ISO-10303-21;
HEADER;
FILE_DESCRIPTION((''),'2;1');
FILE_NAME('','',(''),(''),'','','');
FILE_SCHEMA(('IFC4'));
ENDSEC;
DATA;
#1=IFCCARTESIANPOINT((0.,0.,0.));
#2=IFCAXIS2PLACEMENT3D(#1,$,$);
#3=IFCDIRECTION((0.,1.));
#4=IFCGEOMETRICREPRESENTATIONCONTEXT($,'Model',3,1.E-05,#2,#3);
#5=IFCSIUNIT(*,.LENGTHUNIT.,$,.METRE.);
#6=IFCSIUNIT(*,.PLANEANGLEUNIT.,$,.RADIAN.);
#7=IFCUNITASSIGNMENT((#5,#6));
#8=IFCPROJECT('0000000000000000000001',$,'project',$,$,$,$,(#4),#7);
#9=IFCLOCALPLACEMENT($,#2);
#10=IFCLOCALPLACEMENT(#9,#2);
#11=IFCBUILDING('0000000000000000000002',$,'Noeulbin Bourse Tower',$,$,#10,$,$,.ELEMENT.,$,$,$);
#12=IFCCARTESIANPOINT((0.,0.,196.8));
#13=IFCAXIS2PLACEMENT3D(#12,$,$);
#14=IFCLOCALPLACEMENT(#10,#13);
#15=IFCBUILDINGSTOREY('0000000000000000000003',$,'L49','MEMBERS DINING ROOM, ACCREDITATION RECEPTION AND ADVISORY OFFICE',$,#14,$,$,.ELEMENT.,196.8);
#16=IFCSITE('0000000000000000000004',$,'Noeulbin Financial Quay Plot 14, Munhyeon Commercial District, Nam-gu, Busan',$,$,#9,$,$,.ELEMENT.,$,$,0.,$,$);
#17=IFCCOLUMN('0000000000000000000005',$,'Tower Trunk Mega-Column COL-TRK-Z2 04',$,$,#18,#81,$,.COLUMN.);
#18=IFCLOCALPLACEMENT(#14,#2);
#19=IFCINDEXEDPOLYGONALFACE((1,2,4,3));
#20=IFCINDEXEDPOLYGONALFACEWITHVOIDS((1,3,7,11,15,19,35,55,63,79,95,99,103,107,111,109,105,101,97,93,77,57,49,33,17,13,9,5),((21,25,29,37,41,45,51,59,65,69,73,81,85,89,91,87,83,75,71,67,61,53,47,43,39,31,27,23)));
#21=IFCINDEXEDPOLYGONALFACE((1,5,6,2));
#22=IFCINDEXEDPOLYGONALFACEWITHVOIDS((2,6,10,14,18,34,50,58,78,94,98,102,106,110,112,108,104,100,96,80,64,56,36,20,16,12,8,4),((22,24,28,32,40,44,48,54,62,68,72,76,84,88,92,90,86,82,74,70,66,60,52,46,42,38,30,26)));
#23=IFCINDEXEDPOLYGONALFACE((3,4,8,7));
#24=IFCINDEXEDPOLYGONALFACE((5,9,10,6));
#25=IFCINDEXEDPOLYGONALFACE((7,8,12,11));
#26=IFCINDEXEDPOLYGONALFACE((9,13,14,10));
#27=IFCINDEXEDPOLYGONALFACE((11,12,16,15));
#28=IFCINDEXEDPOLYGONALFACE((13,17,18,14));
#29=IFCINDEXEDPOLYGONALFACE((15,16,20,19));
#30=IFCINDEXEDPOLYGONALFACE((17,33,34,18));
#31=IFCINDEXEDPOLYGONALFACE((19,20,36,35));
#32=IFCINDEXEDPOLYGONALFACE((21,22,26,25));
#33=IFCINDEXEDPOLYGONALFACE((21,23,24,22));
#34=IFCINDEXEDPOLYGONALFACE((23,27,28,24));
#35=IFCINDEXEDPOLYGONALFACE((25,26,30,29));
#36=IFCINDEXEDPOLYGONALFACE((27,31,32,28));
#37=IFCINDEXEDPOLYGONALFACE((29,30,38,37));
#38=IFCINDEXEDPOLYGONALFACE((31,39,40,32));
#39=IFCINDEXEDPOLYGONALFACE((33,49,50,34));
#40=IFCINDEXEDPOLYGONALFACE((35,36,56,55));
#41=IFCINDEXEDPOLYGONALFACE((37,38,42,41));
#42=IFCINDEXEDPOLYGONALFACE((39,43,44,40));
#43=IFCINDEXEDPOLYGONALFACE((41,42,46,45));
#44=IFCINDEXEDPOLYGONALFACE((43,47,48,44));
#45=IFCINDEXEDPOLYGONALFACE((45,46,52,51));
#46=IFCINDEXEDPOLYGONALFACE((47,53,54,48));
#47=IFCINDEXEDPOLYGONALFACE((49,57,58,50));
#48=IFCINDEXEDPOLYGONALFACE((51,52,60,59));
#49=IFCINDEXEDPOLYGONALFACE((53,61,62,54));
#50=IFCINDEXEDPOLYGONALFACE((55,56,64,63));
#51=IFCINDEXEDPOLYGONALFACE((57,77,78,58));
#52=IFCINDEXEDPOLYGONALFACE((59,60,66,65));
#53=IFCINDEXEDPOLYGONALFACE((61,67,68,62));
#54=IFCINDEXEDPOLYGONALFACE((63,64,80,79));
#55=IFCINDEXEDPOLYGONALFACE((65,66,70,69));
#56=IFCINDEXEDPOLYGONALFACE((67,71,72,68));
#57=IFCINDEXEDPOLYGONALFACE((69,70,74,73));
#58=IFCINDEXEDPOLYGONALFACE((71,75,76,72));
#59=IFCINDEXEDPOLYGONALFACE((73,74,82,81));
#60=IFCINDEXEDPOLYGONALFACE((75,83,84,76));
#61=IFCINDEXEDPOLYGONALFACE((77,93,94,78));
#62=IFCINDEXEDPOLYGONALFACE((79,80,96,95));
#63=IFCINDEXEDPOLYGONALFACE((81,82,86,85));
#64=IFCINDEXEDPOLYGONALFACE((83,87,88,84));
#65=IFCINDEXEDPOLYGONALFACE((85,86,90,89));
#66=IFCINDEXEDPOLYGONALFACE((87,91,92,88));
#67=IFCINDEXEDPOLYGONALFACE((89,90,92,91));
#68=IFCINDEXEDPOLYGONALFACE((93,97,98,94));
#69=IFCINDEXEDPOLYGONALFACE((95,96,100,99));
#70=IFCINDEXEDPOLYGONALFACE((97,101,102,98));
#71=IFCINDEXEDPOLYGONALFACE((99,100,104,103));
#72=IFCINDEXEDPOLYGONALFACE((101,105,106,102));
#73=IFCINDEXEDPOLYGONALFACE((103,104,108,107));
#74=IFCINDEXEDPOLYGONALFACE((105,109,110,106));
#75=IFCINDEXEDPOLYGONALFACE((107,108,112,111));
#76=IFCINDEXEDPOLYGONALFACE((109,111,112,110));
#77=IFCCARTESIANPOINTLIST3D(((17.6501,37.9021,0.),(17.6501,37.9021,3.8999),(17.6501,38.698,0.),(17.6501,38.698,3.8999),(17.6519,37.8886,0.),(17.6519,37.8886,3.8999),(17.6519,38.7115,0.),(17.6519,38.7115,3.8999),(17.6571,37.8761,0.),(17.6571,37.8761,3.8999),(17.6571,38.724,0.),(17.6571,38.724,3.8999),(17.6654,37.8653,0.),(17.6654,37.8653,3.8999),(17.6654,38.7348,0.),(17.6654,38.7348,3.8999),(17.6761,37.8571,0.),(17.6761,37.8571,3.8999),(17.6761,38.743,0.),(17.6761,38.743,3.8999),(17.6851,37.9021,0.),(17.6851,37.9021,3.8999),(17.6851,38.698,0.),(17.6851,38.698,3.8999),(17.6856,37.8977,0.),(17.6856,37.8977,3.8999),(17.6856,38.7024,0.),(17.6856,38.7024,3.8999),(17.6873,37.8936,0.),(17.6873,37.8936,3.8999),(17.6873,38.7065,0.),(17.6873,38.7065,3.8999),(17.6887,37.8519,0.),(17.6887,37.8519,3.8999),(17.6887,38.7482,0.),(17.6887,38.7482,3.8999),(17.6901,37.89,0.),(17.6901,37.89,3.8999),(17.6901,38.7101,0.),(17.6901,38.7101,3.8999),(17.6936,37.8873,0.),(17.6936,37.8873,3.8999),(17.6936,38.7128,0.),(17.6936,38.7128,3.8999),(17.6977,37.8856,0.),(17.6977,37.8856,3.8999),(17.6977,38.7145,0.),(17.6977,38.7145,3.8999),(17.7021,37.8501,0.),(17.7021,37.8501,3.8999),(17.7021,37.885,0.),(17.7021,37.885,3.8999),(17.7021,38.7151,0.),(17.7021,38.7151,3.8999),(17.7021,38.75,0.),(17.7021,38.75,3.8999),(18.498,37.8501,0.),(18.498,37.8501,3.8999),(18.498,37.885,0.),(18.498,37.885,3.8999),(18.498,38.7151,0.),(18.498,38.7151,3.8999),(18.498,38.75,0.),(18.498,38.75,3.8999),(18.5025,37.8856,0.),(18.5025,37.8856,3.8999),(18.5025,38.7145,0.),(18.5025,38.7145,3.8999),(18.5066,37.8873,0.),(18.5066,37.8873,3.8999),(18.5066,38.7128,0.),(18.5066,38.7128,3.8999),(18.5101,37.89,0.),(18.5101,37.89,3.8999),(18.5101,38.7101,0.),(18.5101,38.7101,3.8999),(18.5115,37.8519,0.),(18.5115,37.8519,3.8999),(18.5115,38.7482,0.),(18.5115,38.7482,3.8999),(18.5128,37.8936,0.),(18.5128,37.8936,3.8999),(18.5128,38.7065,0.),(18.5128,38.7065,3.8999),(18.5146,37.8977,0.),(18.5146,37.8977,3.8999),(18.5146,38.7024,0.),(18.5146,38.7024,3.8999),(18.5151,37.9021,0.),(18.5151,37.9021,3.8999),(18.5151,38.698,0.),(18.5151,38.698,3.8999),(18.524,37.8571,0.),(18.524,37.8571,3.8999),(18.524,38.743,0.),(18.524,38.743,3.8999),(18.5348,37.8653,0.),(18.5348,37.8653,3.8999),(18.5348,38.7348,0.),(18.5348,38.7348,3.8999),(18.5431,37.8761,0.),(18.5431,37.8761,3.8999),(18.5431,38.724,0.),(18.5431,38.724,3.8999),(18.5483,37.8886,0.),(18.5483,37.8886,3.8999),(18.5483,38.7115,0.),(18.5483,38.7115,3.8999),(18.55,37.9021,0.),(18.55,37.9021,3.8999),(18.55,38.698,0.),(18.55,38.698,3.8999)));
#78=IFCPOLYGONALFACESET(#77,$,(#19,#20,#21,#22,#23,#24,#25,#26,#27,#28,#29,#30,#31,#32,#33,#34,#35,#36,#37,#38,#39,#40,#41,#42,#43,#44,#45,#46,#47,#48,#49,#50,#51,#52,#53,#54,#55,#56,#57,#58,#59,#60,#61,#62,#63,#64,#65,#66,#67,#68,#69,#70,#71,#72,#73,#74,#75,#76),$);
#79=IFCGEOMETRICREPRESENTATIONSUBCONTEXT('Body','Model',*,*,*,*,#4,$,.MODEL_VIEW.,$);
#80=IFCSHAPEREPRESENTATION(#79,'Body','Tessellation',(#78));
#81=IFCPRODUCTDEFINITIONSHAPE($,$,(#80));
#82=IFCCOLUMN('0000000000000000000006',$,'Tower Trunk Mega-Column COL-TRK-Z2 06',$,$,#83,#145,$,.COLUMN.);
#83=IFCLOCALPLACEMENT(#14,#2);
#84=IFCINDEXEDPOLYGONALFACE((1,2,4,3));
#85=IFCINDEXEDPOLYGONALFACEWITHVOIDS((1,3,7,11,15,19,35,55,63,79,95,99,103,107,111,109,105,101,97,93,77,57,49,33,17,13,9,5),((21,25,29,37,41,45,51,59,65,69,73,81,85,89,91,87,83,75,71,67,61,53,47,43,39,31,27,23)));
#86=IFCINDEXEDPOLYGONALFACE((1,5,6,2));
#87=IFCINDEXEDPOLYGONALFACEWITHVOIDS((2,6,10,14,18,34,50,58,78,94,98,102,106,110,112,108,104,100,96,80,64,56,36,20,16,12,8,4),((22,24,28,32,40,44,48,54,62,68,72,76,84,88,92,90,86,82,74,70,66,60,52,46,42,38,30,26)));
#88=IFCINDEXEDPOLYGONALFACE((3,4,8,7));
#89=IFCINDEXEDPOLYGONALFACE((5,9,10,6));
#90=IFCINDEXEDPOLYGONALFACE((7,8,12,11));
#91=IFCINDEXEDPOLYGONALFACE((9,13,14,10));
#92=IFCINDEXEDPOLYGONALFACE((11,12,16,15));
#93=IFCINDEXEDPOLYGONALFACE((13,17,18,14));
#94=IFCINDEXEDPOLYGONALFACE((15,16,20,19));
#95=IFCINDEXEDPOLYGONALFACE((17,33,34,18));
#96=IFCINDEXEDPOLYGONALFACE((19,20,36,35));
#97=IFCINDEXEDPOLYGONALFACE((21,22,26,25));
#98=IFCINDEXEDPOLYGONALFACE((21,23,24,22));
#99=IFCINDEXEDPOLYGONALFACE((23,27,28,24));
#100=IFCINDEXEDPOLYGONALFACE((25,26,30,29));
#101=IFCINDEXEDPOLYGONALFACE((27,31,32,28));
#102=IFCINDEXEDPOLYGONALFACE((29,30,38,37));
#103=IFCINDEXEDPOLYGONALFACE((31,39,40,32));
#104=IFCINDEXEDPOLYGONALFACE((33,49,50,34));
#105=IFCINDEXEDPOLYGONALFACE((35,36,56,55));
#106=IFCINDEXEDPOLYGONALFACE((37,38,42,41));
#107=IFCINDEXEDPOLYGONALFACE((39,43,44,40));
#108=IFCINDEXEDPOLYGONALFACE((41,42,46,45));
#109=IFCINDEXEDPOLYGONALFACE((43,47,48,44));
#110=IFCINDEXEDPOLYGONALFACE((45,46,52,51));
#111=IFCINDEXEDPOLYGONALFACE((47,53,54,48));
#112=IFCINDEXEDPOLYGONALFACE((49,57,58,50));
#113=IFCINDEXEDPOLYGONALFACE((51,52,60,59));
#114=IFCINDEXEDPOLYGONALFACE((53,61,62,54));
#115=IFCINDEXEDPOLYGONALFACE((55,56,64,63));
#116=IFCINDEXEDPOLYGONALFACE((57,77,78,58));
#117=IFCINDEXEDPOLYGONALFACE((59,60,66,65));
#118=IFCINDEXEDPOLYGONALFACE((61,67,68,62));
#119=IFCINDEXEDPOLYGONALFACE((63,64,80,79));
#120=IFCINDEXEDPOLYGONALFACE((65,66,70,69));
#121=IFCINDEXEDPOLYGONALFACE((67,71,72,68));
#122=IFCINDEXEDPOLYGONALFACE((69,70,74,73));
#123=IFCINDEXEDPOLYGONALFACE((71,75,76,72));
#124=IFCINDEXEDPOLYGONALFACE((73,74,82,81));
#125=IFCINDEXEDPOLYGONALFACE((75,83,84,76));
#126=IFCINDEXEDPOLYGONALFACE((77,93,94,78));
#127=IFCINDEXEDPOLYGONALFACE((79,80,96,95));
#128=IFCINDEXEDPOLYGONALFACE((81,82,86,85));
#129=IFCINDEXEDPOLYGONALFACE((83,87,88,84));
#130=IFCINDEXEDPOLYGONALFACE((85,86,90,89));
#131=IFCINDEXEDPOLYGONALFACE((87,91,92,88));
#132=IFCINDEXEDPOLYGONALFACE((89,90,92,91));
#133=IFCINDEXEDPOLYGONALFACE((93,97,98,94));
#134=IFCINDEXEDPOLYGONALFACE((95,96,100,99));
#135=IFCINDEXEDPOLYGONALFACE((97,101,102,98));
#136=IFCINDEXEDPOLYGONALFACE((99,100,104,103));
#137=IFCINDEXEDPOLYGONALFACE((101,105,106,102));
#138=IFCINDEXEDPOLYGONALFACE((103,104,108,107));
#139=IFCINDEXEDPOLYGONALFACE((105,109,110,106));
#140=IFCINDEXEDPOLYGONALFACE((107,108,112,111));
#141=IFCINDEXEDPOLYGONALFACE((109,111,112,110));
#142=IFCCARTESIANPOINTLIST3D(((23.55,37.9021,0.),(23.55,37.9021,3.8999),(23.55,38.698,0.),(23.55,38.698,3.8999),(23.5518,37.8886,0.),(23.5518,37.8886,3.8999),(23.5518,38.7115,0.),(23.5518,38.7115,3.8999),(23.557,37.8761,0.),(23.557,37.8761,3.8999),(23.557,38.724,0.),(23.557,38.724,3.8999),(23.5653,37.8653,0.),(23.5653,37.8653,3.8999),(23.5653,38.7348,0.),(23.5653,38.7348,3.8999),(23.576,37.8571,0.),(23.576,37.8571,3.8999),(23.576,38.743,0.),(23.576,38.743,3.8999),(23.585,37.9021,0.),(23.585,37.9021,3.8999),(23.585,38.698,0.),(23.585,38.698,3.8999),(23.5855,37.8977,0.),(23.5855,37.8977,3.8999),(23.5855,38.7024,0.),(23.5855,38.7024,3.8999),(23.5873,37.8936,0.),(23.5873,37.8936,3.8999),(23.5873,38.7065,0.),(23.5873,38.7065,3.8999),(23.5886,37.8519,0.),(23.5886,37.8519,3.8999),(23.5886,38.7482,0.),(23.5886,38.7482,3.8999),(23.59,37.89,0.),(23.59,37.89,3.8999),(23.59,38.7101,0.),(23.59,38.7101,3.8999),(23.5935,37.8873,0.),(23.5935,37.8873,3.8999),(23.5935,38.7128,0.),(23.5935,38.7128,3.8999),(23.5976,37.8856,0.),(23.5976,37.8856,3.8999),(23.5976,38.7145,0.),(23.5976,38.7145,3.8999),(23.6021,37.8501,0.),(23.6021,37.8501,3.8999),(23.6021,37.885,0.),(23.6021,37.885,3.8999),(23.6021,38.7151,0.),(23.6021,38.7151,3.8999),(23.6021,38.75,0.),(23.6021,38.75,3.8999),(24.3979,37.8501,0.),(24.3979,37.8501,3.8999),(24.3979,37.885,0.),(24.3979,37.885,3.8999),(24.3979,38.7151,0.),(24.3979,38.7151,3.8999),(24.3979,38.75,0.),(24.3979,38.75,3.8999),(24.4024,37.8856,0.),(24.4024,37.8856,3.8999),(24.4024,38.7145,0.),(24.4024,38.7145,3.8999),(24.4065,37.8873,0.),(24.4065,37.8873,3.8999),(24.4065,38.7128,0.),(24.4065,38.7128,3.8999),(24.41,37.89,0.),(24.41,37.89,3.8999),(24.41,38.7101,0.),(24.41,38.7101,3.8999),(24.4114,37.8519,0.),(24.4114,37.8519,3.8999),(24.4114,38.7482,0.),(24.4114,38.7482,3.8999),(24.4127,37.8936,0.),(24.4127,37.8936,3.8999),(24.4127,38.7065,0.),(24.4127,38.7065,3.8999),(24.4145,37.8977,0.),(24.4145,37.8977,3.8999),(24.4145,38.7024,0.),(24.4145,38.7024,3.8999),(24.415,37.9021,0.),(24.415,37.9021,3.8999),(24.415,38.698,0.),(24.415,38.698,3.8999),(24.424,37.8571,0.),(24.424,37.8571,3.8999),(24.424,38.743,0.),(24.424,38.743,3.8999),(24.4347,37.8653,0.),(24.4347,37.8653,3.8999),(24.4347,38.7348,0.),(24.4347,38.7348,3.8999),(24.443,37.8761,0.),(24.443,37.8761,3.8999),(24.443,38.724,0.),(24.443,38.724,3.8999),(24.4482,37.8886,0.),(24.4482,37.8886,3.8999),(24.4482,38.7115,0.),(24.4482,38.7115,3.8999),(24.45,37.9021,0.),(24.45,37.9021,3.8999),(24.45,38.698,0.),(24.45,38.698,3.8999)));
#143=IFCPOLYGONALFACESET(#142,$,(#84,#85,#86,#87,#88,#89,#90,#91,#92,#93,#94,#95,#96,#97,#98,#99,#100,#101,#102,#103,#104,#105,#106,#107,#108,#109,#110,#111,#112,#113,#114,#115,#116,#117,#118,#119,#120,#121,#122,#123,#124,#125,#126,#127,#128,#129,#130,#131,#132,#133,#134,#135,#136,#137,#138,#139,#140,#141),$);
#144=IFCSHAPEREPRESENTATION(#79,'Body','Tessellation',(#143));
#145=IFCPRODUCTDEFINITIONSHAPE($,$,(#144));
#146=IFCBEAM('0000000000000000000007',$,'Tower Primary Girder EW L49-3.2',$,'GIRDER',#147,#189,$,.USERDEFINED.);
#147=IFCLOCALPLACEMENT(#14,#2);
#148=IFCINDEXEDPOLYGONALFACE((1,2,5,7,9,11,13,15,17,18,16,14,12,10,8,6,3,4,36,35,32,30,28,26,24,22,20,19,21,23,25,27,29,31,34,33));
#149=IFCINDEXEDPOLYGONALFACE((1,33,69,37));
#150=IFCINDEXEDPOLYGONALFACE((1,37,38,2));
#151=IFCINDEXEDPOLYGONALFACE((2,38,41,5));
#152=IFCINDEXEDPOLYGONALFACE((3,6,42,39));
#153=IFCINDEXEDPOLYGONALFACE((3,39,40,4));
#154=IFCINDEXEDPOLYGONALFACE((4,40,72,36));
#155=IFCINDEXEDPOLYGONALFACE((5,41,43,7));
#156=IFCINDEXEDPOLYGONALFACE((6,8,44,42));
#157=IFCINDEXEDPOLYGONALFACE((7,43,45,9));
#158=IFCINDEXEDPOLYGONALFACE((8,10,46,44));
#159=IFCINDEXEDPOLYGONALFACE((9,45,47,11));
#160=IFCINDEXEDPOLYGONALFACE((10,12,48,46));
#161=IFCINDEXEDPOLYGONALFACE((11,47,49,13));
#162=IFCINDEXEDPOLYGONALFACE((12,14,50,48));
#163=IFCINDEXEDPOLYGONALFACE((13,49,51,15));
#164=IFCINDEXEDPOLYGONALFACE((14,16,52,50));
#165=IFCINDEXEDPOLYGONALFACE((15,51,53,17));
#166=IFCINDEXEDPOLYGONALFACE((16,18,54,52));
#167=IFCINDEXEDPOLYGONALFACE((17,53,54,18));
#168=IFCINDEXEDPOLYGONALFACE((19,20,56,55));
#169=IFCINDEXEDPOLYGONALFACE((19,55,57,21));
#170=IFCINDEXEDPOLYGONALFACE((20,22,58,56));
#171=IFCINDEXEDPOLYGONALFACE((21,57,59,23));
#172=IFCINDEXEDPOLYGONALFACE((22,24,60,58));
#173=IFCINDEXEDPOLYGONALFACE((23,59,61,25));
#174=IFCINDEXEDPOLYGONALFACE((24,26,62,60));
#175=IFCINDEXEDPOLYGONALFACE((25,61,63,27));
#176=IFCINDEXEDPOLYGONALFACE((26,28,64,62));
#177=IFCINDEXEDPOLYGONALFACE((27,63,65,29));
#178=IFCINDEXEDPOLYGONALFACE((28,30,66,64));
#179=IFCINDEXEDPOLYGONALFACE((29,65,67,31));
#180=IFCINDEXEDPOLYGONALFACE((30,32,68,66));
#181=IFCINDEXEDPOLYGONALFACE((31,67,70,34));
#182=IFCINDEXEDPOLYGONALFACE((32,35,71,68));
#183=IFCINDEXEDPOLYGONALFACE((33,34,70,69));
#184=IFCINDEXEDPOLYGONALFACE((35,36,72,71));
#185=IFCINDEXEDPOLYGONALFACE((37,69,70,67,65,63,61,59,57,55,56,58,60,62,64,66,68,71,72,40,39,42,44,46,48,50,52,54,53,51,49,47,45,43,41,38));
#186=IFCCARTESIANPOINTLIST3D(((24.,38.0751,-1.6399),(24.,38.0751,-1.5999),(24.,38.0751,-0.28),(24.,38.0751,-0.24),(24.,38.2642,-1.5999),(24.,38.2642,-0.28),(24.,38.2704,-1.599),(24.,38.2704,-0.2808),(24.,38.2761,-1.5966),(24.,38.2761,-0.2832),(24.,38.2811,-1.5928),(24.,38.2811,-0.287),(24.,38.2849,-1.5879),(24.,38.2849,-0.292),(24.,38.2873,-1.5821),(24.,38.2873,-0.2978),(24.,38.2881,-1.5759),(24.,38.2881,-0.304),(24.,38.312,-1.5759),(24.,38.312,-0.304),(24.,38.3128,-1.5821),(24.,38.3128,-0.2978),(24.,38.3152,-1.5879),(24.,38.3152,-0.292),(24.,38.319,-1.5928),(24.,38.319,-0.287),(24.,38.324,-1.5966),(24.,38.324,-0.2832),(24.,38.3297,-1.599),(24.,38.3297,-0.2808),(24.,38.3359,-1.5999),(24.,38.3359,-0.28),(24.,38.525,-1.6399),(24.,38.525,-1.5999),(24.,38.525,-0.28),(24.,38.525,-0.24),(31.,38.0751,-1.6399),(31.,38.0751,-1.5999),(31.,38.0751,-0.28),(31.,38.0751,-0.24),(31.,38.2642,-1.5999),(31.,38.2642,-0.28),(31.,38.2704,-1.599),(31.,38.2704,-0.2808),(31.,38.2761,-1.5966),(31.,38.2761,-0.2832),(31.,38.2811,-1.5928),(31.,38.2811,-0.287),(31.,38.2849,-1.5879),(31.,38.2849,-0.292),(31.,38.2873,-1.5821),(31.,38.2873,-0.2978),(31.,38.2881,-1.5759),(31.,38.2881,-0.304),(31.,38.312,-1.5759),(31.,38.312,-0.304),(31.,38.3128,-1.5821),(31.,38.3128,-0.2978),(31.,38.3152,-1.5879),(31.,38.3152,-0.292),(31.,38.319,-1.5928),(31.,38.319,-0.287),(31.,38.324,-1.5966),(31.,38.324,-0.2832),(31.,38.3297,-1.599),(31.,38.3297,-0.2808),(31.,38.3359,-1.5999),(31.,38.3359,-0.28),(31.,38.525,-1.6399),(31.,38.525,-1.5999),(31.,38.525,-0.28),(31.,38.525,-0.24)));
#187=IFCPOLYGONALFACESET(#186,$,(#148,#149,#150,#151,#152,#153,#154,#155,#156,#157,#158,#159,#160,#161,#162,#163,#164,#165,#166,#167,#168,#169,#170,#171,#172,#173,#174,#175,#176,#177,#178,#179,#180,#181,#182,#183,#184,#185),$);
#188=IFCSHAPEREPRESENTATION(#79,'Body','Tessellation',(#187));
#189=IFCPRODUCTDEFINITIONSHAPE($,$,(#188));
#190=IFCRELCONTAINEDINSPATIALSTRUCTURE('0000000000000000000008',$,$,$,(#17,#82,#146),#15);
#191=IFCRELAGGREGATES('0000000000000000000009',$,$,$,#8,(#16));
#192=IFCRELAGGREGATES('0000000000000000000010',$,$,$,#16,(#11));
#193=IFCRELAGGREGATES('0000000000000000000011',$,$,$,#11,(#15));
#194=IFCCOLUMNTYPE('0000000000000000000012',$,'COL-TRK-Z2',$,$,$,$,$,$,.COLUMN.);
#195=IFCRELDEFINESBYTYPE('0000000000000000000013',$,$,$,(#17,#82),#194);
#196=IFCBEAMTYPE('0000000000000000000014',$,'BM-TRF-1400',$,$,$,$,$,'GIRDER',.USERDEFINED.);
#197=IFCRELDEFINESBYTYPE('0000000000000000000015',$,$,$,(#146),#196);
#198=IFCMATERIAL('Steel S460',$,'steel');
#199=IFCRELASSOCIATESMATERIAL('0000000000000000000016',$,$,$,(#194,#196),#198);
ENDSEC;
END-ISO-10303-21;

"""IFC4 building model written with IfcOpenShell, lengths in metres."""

from ifc_helpers import new_model, si_unit, direction, frame, origin, origin_2d, place, context, subcontext, project, spatial, hollow_rectangle, i_section, extrude, material, material_profile, profile_set, type_object, element, save


model = new_model("IFC4")

# Units and contexts
model_context = context("Model", 3, precision=1e-05, world=origin(), true_north=direction((0.0, 1.0)))
body_context = subcontext(model_context, "Body", "Model", "MODEL_VIEW")
ifc_project = project(units=[si_unit("LENGTHUNIT", "METRE"), si_unit("PLANEANGLEUNIT", "RADIAN")], contexts=[model_context])

# Site, building, storey
site_placement = place(None, origin())
site = spatial("IfcSite", under=ifc_project, at=site_placement, Name="Noeulbin Financial Quay Plot 14, Munhyeon Commercial District, Nam-gu, Busan", CompositionType="ELEMENT", RefElevation=0.0)
building_placement = place(site_placement, origin())
building = spatial("IfcBuilding", under=site, at=building_placement, Name="Noeulbin Bourse Tower", CompositionType="ELEMENT")
storey_placement = place(building_placement, frame((0.0, 0.0, 196.8)))
storey = spatial("IfcBuildingStorey", under=building, at=storey_placement, Name="L49", Description="MEMBERS DINING ROOM, ACCREDITATION RECEPTION AND ADVISORY OFFICE", CompositionType="ELEMENT", Elevation=196.8)

# Columns
ifc_material_1 = material(Name="Steel S460", Category="steel")
ifc_material_profile_1 = material_profile(ifc_material_1, hollow_rectangle(XDim=0.8999, YDim=0.8999, WallThickness=0.0349, InnerFilletRadius=0.0171, OuterFilletRadius=0.052, at=origin_2d()), Name="BOX-900x900x35", Category="LoadBearing")
ifc_profile_set_1 = profile_set([ifc_material_profile_1], Name="Steel S460")
column_type = type_object("IfcColumnType", Name="COL-TRK-Z2", PredefinedType="COLUMN", material=ifc_profile_set_1)
for number, where, z_axis, x_axis, name in (
    (1, (18.1001, 38.3, 0.0), (0.0, 0.0, 1.0), (1.0, 0.0, 0.0), "Tower Trunk Mega-Column COL-TRK-Z2 04"),
    (2, (24.0, 38.3, 0.0), (0.0, 0.0, 1.0), (1.0, 0.0, 0.0), "Tower Trunk Mega-Column COL-TRK-Z2 06"),
):
    element("IfcColumn", number, at=place(storey_placement, frame(where, z_axis=z_axis, x_axis=x_axis)), inside=storey, type_object=column_type, Name=name, PredefinedType="COLUMN", context=body_context, shape_type="SweptSolid", body=[
        extrude(hollow_rectangle(XDim=0.8999, YDim=0.8999, WallThickness=0.0349, InnerFilletRadius=0.0171, OuterFilletRadius=0.052, at=origin_2d()), origin(), (0.0, 0.0, 1.0), 3.8999),
    ])

# Beam
ifc_material_profile_2 = material_profile(ifc_material_1, i_section(OverallWidth=0.45, OverallDepth=1.3999, WebThickness=0.0239, FlangeThickness=0.04, FilletRadius=0.0239, at=origin_2d()), Name="PG-1400x450x24x40", Category="LoadBearing")
ifc_profile_set_2 = profile_set([ifc_material_profile_2], Name="Steel S460")
beam_type = type_object("IfcBeamType", Name="BM-TRF-1400", ElementType="GIRDER", PredefinedType="USERDEFINED", material=ifc_profile_set_2)
beam_1_placement = place(storey_placement, frame((24.0, 38.3, -0.9399), z_axis=(1.0, 0.0, 0.0), x_axis=(0.0, 1.0, 0.0)))
element("IfcBeam", 3, at=beam_1_placement, inside=storey, type_object=beam_type, Name="Tower Primary Girder EW L49-3.2", ObjectType="GIRDER", PredefinedType="USERDEFINED", context=body_context, shape_type="SweptSolid", body=[
    extrude(i_section(OverallWidth=0.45, OverallDepth=1.3999, WebThickness=0.0239, FlangeThickness=0.04, FilletRadius=0.0239, at=origin_2d()), origin(), (0.0, 0.0, 1.0), 7.0),
])

save(model, "model.ifc")
